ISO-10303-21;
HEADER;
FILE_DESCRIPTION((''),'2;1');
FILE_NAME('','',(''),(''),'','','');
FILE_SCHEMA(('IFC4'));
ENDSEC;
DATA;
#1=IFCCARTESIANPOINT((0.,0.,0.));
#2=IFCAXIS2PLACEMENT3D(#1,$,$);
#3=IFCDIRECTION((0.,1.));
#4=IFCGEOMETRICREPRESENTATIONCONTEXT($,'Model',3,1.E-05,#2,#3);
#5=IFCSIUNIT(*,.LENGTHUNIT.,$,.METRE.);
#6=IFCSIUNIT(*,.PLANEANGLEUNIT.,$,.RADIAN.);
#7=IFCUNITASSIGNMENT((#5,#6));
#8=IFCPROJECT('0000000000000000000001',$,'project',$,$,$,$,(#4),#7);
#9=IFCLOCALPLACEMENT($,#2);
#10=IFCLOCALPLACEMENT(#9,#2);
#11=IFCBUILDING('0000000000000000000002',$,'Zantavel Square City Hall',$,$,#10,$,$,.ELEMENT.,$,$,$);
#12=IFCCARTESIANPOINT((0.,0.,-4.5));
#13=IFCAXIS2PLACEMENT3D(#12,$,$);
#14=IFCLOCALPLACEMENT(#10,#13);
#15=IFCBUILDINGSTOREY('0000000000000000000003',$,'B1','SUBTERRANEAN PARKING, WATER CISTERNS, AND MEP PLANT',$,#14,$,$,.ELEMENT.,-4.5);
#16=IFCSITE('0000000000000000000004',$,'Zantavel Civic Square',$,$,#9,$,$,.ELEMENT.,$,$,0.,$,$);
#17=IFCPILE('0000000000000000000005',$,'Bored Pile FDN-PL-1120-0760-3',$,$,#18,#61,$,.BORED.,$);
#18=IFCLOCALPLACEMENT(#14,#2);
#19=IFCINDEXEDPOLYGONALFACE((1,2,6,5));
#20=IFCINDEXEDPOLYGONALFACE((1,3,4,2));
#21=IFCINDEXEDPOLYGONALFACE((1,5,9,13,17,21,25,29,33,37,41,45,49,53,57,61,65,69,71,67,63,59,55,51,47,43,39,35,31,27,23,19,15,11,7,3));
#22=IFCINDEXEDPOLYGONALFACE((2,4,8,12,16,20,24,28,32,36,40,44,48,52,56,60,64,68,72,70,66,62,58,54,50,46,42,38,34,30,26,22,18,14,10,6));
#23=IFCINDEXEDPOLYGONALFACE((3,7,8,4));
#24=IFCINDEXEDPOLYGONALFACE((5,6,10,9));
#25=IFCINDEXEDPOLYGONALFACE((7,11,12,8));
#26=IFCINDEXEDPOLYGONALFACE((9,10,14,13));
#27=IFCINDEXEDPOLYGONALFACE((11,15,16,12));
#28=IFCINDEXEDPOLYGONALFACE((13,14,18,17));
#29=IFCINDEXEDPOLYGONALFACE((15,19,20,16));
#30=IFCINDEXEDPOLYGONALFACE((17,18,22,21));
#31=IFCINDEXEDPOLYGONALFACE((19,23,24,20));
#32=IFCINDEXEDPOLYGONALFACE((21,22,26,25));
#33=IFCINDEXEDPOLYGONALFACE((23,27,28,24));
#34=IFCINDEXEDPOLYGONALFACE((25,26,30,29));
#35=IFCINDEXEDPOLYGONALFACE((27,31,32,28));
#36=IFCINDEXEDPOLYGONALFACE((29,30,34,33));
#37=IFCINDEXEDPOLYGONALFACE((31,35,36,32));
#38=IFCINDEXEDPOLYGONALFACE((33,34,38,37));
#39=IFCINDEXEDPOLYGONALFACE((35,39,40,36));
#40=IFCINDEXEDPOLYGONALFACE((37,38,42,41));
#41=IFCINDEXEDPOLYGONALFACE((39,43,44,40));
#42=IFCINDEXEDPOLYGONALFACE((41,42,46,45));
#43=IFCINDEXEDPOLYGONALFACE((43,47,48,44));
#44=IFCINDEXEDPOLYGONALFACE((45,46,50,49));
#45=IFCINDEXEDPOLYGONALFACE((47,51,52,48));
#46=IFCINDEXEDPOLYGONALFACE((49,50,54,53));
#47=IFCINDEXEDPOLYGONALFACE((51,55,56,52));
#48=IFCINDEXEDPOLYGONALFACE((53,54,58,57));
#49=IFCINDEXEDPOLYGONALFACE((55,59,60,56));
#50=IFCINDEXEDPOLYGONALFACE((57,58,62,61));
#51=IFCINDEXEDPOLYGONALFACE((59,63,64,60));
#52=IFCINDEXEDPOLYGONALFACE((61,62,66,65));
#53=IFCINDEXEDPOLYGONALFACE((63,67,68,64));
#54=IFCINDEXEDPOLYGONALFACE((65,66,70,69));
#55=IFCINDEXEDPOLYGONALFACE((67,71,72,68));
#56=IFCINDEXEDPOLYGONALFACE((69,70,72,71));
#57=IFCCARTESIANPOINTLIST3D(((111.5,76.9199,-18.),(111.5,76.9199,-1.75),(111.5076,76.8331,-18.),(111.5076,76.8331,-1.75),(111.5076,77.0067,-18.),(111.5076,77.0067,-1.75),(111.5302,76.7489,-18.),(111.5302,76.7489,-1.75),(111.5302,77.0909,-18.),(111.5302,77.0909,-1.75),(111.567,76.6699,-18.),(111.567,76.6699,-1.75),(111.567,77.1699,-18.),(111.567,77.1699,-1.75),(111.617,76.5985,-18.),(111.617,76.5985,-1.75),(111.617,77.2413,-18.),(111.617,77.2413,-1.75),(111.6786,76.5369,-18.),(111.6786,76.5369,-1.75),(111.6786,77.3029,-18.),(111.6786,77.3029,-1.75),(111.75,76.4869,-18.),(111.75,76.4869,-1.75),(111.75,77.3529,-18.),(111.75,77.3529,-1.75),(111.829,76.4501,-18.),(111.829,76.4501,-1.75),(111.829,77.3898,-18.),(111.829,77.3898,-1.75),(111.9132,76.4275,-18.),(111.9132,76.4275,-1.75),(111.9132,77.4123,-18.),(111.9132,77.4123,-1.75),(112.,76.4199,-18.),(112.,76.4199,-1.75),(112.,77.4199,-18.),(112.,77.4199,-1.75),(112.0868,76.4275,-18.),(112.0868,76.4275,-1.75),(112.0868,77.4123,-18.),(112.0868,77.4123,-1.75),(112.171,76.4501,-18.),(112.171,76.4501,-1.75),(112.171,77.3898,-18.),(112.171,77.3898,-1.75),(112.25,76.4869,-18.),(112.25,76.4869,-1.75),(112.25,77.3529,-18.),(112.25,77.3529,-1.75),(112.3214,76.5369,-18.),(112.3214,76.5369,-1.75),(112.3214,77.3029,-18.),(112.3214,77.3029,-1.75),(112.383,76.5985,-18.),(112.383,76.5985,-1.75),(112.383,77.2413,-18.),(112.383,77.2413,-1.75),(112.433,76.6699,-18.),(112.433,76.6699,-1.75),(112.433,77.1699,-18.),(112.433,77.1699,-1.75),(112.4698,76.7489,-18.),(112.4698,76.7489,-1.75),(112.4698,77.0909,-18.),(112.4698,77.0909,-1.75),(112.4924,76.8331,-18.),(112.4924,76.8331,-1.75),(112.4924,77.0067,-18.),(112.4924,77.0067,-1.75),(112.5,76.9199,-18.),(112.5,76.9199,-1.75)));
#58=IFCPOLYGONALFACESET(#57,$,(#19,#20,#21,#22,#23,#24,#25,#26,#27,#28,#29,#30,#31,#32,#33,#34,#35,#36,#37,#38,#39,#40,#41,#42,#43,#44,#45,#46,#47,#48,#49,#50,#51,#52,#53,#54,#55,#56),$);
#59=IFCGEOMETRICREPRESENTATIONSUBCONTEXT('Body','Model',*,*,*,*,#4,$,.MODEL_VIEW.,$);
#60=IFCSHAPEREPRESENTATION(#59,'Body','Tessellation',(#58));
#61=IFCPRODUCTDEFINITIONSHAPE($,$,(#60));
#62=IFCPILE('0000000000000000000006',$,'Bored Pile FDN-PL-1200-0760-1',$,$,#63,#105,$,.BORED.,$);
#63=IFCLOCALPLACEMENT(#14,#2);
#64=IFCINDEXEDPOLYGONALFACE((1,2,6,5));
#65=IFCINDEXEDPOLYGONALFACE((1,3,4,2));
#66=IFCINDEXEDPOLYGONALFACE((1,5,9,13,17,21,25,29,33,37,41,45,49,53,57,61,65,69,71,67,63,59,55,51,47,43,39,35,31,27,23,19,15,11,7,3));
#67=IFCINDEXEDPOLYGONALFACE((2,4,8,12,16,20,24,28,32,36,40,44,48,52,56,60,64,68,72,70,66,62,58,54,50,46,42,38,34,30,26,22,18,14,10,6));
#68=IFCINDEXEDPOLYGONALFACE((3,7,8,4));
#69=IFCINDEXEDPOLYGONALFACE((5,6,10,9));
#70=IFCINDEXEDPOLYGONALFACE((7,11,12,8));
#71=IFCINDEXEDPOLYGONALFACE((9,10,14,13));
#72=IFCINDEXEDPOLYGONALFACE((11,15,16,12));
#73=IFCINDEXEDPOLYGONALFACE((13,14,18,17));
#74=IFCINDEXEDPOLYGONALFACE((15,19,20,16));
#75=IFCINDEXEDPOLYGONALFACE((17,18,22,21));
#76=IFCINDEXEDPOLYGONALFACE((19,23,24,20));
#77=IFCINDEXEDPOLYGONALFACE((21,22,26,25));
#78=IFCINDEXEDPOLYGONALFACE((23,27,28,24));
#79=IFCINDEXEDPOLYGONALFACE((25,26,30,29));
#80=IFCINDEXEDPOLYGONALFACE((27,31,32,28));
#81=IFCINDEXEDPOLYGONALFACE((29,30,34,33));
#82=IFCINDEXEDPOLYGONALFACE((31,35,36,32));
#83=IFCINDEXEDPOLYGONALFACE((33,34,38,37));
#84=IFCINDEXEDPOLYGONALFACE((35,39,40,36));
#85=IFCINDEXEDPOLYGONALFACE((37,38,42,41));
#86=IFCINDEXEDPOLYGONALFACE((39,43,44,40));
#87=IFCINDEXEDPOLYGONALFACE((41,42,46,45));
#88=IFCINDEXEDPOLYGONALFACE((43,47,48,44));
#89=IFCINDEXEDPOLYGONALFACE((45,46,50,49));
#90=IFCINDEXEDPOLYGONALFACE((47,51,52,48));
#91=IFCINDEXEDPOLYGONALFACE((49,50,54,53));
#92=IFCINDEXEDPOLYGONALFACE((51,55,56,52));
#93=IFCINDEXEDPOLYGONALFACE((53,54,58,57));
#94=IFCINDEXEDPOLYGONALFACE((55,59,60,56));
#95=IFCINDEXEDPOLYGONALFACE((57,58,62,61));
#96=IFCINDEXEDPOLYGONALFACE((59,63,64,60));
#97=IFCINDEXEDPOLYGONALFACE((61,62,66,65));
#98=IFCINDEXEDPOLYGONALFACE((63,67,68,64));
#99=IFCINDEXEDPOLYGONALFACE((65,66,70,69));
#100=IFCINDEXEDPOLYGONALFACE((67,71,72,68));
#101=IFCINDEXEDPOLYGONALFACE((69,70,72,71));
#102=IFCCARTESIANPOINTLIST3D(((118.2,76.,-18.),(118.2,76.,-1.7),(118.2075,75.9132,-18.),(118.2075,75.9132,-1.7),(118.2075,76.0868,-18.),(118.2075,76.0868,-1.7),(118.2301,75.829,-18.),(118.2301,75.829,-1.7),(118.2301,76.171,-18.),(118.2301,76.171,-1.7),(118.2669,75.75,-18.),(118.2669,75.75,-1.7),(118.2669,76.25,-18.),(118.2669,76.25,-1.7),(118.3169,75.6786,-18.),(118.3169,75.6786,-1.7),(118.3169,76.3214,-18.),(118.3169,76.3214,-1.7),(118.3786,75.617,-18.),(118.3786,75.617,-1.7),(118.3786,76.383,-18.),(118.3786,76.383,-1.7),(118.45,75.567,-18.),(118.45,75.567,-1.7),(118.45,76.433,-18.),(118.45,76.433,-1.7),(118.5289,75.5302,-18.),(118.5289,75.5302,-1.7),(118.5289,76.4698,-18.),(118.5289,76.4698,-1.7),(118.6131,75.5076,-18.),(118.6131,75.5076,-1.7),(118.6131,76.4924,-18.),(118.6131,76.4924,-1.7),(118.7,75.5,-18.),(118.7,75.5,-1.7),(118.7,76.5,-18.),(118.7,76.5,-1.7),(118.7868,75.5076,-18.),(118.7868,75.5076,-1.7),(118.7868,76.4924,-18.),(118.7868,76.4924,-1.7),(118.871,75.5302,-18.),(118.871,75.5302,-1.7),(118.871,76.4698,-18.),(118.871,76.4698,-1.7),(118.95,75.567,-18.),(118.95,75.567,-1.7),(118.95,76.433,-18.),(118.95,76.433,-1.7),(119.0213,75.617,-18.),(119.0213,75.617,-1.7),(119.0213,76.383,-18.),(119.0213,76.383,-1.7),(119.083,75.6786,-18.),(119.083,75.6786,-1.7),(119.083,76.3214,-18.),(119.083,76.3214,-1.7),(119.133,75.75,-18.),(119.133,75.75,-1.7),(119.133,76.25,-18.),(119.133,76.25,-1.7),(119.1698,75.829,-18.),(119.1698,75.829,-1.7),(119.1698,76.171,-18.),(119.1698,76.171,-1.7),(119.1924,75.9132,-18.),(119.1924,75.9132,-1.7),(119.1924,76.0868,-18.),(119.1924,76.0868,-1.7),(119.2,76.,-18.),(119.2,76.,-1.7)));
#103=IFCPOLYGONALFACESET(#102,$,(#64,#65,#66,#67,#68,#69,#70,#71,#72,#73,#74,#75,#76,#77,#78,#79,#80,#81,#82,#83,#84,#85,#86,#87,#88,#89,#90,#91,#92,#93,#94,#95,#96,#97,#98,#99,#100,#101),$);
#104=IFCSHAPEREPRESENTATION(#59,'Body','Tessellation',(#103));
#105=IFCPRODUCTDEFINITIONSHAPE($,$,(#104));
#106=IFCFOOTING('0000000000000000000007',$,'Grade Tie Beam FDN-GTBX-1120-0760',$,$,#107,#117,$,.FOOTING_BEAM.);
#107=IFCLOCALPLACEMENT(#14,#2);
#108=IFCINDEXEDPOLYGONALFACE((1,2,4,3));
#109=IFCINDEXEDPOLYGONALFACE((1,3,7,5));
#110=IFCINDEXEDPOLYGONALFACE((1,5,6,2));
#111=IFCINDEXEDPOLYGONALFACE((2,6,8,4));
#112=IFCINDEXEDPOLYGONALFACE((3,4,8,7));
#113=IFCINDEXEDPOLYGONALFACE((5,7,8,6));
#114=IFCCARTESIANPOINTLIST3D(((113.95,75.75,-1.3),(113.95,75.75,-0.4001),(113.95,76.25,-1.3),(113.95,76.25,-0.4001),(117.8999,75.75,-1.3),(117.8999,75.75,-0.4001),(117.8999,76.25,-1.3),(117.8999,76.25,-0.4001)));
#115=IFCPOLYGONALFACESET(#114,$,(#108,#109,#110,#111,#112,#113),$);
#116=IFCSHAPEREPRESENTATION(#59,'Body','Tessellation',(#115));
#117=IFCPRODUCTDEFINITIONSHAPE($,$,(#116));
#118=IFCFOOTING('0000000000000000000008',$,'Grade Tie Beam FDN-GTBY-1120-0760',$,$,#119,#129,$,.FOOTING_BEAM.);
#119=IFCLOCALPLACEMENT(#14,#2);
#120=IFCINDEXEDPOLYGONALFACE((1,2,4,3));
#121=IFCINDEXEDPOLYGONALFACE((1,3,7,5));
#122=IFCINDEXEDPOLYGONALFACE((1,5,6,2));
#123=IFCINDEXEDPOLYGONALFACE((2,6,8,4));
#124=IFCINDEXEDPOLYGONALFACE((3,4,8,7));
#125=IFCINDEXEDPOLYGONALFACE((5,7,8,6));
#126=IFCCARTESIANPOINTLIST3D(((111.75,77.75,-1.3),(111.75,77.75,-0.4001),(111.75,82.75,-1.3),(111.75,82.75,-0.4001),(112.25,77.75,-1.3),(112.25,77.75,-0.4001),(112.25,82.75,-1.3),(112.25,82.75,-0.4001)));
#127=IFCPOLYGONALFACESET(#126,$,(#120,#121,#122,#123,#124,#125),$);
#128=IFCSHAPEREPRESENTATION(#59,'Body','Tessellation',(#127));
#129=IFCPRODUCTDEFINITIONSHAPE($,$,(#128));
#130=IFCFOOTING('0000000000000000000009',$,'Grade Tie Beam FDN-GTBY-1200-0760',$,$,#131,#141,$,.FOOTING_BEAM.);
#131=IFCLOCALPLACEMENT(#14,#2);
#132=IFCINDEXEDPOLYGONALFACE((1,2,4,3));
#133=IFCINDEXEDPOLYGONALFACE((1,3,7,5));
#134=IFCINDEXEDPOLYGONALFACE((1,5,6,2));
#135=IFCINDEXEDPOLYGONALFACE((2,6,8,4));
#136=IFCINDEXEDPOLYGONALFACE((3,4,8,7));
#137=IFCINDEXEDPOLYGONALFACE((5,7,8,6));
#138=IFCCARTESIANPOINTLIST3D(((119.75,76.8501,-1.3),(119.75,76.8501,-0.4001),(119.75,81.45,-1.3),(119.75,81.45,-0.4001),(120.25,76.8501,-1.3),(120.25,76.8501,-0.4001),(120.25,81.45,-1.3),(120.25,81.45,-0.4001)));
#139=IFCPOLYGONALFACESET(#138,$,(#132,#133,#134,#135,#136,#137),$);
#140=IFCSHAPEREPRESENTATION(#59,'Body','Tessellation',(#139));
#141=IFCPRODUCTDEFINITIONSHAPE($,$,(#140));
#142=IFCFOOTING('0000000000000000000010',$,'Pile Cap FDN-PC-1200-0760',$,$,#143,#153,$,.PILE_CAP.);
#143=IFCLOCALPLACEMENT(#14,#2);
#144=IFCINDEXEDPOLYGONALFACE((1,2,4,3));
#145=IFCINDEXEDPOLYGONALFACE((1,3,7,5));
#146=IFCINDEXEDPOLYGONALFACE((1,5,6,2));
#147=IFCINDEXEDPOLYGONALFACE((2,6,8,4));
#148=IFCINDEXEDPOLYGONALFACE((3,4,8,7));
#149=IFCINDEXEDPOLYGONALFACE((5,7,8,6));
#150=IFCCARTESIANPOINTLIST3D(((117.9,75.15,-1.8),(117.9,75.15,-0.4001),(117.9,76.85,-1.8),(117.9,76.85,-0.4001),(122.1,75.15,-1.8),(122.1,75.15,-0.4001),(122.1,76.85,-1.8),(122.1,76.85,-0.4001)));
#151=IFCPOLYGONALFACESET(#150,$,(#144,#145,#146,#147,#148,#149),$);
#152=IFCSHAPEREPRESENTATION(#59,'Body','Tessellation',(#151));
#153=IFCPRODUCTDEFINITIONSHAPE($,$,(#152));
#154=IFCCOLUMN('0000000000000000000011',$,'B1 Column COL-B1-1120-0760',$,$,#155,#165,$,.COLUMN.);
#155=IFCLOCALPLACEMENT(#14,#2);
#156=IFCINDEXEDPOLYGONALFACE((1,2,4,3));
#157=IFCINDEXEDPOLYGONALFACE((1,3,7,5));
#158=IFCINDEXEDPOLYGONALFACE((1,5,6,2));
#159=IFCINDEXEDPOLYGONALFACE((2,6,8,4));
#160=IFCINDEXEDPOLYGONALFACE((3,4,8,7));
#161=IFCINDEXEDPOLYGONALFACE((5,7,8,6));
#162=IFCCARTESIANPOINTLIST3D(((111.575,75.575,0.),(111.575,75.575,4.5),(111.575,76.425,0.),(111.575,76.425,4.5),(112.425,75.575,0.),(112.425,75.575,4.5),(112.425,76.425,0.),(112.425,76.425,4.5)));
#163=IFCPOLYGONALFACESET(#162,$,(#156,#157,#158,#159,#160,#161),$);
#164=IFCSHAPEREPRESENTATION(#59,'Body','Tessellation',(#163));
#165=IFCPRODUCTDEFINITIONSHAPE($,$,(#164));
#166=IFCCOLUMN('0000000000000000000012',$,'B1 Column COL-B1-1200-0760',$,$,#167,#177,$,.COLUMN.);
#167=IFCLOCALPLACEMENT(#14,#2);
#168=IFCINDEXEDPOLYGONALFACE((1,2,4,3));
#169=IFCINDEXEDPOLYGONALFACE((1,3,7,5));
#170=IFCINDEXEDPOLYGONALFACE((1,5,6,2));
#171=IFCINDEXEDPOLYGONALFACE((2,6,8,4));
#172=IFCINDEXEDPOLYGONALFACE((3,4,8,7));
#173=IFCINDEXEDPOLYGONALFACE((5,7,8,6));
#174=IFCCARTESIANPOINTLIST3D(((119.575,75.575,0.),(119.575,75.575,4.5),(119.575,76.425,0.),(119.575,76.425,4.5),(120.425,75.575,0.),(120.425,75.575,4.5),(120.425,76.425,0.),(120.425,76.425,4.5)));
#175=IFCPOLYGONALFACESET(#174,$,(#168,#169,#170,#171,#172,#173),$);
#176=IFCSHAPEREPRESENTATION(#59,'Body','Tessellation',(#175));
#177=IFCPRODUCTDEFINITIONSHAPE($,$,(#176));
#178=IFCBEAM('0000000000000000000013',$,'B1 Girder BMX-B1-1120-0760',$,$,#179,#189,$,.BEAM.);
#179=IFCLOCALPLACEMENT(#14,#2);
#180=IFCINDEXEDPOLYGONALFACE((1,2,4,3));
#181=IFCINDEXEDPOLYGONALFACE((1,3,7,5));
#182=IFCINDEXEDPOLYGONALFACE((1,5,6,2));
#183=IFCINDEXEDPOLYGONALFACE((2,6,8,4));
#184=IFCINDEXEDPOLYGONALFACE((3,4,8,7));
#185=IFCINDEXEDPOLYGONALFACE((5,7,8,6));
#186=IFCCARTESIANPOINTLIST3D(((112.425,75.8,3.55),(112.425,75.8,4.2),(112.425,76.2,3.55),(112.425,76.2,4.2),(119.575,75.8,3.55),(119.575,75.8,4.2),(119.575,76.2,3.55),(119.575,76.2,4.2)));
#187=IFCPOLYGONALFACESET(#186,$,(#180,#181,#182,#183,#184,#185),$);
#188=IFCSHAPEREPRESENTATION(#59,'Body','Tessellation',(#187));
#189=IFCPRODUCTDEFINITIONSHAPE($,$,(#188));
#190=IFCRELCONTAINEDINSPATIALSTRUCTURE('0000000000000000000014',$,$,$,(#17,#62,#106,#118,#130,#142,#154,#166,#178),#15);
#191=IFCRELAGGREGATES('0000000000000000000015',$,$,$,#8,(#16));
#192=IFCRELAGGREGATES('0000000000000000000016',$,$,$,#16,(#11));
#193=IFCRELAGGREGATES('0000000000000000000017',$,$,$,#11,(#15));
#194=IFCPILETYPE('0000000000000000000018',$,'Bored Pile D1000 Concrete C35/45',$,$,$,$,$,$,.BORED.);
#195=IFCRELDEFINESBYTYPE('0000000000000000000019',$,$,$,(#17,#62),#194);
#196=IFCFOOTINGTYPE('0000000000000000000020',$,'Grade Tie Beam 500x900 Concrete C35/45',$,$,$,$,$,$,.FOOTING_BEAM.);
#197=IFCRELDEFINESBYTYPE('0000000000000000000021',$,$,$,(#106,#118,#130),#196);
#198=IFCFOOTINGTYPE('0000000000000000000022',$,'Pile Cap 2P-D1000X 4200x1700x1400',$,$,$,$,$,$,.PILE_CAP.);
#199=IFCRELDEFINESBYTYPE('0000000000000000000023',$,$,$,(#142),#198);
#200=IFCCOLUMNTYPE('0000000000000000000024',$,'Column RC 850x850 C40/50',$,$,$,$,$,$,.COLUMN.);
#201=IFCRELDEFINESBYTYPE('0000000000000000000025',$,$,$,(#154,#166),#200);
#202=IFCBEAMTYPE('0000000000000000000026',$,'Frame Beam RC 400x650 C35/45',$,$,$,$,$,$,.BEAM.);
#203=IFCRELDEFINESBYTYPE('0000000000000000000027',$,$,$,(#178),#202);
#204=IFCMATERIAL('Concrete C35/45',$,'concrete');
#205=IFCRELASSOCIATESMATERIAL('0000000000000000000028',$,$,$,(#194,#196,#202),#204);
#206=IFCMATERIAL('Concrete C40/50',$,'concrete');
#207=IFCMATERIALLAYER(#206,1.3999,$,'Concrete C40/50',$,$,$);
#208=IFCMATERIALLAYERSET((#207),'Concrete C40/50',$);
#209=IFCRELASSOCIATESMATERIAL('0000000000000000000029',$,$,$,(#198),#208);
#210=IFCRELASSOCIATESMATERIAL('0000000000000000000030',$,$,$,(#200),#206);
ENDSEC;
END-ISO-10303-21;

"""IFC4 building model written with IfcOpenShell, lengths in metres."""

from ifc_helpers import new_model, si_unit, direction, frame, origin, origin_2d, place, context, subcontext, project, spatial, rectangle, circle, extrude, material, layer, layer_set, material_profile, profile_set, type_object, element, save


model = new_model("IFC4")

# Units and contexts
model_context = context("Model", 3, precision=1e-05, world=origin(), true_north=direction((0.0, 1.0)))
body_context = subcontext(model_context, "Body", "Model", "MODEL_VIEW")
ifc_project = project(units=[si_unit("LENGTHUNIT", "METRE"), si_unit("PLANEANGLEUNIT", "RADIAN")], contexts=[model_context])

# Site, building, storey
site_placement = place(None, origin())
site = spatial("IfcSite", under=ifc_project, at=site_placement, Name="Zantavel Civic Square", CompositionType="ELEMENT", RefElevation=0.0)
building_placement = place(site_placement, origin())
building = spatial("IfcBuilding", under=site, at=building_placement, Name="Zantavel Square City Hall", CompositionType="ELEMENT")
storey_placement = place(building_placement, frame((0.0, 0.0, -4.5)))
storey = spatial("IfcBuildingStorey", under=building, at=storey_placement, Name="B1", Description="SUBTERRANEAN PARKING, WATER CISTERNS, AND MEP PLANT", CompositionType="ELEMENT", Elevation=-4.5)

# Piles
ifc_material_1 = material(Name="Concrete C35/45", Category="concrete")
ifc_material_profile_1 = material_profile(ifc_material_1, circle(Radius=0.5, at=origin_2d()), Name="PILE D1000")
ifc_profile_set_1 = profile_set([ifc_material_profile_1], Name="Concrete C35/45")
pile_type = type_object("IfcPileType", Name="Bored Pile D1000 Concrete C35/45", PredefinedType="BORED", material=ifc_profile_set_1)
pile_1_placement = place(storey_placement, frame((112.0, 76.9199, -1.75), z_axis=(0.0, 0.0, -1.0), x_axis=(1.0, 0.0, 0.0)))
element("IfcPile", 1, at=pile_1_placement, inside=storey, type_object=pile_type, Name="Bored Pile FDN-PL-1120-0760-3", PredefinedType="BORED", context=body_context, shape_type="SweptSolid", body=[
    extrude(circle(Radius=0.5, at=origin_2d()), origin(), (0.0, 0.0, 1.0), 16.25),
])
pile_2_placement = place(storey_placement, frame((118.7, 76.0, -1.7), z_axis=(0.0, 0.0, -1.0), x_axis=(1.0, 0.0, 0.0)))
element("IfcPile", 2, at=pile_2_placement, inside=storey, type_object=pile_type, Name="Bored Pile FDN-PL-1200-0760-1", PredefinedType="BORED", context=body_context, shape_type="SweptSolid", body=[
    extrude(circle(Radius=0.5, at=origin_2d()), origin(), (0.0, 0.0, 1.0), 16.3),
])

# Footings
ifc_material_profile_2 = material_profile(ifc_material_1, rectangle(XDim=0.5, YDim=0.8999, at=origin_2d()), Name="RC 500x900")
ifc_profile_set_2 = profile_set([ifc_material_profile_2], Name="Concrete C35/45")
footing_type_1 = type_object("IfcFootingType", Name="Grade Tie Beam 500x900 Concrete C35/45", PredefinedType="FOOTING_BEAM", material=ifc_profile_set_2)
footing_1_placement = place(storey_placement, frame((113.95, 76.0, -0.8501), z_axis=(1.0, 0.0, 0.0), x_axis=(0.0, 1.0, 0.0)))
element("IfcFooting", 3, at=footing_1_placement, inside=storey, type_object=footing_type_1, Name="Grade Tie Beam FDN-GTBX-1120-0760", PredefinedType="FOOTING_BEAM", context=body_context, shape_type="SweptSolid", body=[
    extrude(rectangle(XDim=0.5, YDim=0.8999, at=origin_2d()), origin(), (0.0, 0.0, 1.0), 3.95),
])
footing_2_placement = place(storey_placement, frame((112.0, 77.75, -0.8501), z_axis=(0.0, 1.0, 0.0), x_axis=(-1.0, 0.0, 0.0)))
element("IfcFooting", 4, at=footing_2_placement, inside=storey, type_object=footing_type_1, Name="Grade Tie Beam FDN-GTBY-1120-0760", PredefinedType="FOOTING_BEAM", context=body_context, shape_type="SweptSolid", body=[
    extrude(rectangle(XDim=0.5, YDim=0.8999, at=origin_2d()), origin(), (0.0, 0.0, 1.0), 5.0),
])
footing_3_placement = place(storey_placement, frame((120.0, 76.8501, -0.8501), z_axis=(0.0, 1.0, 0.0), x_axis=(-1.0, 0.0, 0.0)))
element("IfcFooting", 5, at=footing_3_placement, inside=storey, type_object=footing_type_1, Name="Grade Tie Beam FDN-GTBY-1200-0760", PredefinedType="FOOTING_BEAM", context=body_context, shape_type="SweptSolid", body=[
    extrude(rectangle(XDim=0.5, YDim=0.8999, at=origin_2d()), origin(), (0.0, 0.0, 1.0), 4.5999),
])
ifc_material_2 = material(Name="Concrete C40/50", Category="concrete")
ifc_layer_1 = layer(ifc_material_2, 1.3999, Name="Concrete C40/50")
ifc_layer_set_1 = layer_set([ifc_layer_1], Name="Concrete C40/50")
footing_type_2 = type_object("IfcFootingType", Name="Pile Cap 2P-D1000X 4200x1700x1400", PredefinedType="PILE_CAP", material=ifc_layer_set_1)
footing_4_placement = place(storey_placement, frame((120.0, 76.0, -1.8), z_axis=(0.0, 0.0, 1.0), x_axis=(1.0, 0.0, 0.0)))
element("IfcFooting", 6, at=footing_4_placement, inside=storey, type_object=footing_type_2, Name="Pile Cap FDN-PC-1200-0760", PredefinedType="PILE_CAP", context=body_context, shape_type="SweptSolid", body=[
    extrude(rectangle(XDim=4.2, YDim=1.7, at=origin_2d()), origin(), (0.0, 0.0, 1.0), 1.3999),
])

# Columns
ifc_material_profile_3 = material_profile(ifc_material_2, rectangle(XDim=0.8501, YDim=0.8501, at=origin_2d()), Name="RC 850x850")
ifc_profile_set_3 = profile_set([ifc_material_profile_3], Name="Concrete C40/50")
column_type = type_object("IfcColumnType", Name="Column RC 850x850 C40/50", PredefinedType="COLUMN", material=ifc_profile_set_3)
for number, where, z_axis, x_axis, name in (
    (7, (112.0, 76.0, 0.0), (0.0, 0.0, 1.0), (1.0, 0.0, 0.0), "B1 Column COL-B1-1120-0760"),
    (8, (120.0, 76.0, 0.0), (0.0, 0.0, 1.0), (1.0, 0.0, 0.0), "B1 Column COL-B1-1200-0760"),
):
    element("IfcColumn", number, at=place(storey_placement, frame(where, z_axis=z_axis, x_axis=x_axis)), inside=storey, type_object=column_type, Name=name, PredefinedType="COLUMN", context=body_context, shape_type="SweptSolid", body=[
        extrude(rectangle(XDim=0.8501, YDim=0.8501, at=origin_2d()), origin(), (0.0, 0.0, 1.0), 4.5),
    ])

# Beam
ifc_material_profile_4 = material_profile(ifc_material_1, rectangle(XDim=0.3999, YDim=0.6499, at=origin_2d()), Name="RC 400x650")
ifc_profile_set_4 = profile_set([ifc_material_profile_4], Name="Concrete C35/45")
beam_type_1 = type_object("IfcBeamType", Name="Frame Beam RC 400x650 C35/45", PredefinedType="BEAM", material=ifc_profile_set_4)
beam_placement = place(storey_placement, frame((112.425, 76.0, 3.875), z_axis=(1.0, 0.0, 0.0), x_axis=(0.0, 1.0, 0.0)))
element("IfcBeam", 9, at=beam_placement, inside=storey, type_object=beam_type_1, Name="B1 Girder BMX-B1-1120-0760", PredefinedType="BEAM", context=body_context, shape_type="SweptSolid", body=[
    extrude(rectangle(XDim=0.3999, YDim=0.6499, at=origin_2d()), origin(), (0.0, 0.0, 1.0), 7.1499),
])

save(model, "model.ifc")
